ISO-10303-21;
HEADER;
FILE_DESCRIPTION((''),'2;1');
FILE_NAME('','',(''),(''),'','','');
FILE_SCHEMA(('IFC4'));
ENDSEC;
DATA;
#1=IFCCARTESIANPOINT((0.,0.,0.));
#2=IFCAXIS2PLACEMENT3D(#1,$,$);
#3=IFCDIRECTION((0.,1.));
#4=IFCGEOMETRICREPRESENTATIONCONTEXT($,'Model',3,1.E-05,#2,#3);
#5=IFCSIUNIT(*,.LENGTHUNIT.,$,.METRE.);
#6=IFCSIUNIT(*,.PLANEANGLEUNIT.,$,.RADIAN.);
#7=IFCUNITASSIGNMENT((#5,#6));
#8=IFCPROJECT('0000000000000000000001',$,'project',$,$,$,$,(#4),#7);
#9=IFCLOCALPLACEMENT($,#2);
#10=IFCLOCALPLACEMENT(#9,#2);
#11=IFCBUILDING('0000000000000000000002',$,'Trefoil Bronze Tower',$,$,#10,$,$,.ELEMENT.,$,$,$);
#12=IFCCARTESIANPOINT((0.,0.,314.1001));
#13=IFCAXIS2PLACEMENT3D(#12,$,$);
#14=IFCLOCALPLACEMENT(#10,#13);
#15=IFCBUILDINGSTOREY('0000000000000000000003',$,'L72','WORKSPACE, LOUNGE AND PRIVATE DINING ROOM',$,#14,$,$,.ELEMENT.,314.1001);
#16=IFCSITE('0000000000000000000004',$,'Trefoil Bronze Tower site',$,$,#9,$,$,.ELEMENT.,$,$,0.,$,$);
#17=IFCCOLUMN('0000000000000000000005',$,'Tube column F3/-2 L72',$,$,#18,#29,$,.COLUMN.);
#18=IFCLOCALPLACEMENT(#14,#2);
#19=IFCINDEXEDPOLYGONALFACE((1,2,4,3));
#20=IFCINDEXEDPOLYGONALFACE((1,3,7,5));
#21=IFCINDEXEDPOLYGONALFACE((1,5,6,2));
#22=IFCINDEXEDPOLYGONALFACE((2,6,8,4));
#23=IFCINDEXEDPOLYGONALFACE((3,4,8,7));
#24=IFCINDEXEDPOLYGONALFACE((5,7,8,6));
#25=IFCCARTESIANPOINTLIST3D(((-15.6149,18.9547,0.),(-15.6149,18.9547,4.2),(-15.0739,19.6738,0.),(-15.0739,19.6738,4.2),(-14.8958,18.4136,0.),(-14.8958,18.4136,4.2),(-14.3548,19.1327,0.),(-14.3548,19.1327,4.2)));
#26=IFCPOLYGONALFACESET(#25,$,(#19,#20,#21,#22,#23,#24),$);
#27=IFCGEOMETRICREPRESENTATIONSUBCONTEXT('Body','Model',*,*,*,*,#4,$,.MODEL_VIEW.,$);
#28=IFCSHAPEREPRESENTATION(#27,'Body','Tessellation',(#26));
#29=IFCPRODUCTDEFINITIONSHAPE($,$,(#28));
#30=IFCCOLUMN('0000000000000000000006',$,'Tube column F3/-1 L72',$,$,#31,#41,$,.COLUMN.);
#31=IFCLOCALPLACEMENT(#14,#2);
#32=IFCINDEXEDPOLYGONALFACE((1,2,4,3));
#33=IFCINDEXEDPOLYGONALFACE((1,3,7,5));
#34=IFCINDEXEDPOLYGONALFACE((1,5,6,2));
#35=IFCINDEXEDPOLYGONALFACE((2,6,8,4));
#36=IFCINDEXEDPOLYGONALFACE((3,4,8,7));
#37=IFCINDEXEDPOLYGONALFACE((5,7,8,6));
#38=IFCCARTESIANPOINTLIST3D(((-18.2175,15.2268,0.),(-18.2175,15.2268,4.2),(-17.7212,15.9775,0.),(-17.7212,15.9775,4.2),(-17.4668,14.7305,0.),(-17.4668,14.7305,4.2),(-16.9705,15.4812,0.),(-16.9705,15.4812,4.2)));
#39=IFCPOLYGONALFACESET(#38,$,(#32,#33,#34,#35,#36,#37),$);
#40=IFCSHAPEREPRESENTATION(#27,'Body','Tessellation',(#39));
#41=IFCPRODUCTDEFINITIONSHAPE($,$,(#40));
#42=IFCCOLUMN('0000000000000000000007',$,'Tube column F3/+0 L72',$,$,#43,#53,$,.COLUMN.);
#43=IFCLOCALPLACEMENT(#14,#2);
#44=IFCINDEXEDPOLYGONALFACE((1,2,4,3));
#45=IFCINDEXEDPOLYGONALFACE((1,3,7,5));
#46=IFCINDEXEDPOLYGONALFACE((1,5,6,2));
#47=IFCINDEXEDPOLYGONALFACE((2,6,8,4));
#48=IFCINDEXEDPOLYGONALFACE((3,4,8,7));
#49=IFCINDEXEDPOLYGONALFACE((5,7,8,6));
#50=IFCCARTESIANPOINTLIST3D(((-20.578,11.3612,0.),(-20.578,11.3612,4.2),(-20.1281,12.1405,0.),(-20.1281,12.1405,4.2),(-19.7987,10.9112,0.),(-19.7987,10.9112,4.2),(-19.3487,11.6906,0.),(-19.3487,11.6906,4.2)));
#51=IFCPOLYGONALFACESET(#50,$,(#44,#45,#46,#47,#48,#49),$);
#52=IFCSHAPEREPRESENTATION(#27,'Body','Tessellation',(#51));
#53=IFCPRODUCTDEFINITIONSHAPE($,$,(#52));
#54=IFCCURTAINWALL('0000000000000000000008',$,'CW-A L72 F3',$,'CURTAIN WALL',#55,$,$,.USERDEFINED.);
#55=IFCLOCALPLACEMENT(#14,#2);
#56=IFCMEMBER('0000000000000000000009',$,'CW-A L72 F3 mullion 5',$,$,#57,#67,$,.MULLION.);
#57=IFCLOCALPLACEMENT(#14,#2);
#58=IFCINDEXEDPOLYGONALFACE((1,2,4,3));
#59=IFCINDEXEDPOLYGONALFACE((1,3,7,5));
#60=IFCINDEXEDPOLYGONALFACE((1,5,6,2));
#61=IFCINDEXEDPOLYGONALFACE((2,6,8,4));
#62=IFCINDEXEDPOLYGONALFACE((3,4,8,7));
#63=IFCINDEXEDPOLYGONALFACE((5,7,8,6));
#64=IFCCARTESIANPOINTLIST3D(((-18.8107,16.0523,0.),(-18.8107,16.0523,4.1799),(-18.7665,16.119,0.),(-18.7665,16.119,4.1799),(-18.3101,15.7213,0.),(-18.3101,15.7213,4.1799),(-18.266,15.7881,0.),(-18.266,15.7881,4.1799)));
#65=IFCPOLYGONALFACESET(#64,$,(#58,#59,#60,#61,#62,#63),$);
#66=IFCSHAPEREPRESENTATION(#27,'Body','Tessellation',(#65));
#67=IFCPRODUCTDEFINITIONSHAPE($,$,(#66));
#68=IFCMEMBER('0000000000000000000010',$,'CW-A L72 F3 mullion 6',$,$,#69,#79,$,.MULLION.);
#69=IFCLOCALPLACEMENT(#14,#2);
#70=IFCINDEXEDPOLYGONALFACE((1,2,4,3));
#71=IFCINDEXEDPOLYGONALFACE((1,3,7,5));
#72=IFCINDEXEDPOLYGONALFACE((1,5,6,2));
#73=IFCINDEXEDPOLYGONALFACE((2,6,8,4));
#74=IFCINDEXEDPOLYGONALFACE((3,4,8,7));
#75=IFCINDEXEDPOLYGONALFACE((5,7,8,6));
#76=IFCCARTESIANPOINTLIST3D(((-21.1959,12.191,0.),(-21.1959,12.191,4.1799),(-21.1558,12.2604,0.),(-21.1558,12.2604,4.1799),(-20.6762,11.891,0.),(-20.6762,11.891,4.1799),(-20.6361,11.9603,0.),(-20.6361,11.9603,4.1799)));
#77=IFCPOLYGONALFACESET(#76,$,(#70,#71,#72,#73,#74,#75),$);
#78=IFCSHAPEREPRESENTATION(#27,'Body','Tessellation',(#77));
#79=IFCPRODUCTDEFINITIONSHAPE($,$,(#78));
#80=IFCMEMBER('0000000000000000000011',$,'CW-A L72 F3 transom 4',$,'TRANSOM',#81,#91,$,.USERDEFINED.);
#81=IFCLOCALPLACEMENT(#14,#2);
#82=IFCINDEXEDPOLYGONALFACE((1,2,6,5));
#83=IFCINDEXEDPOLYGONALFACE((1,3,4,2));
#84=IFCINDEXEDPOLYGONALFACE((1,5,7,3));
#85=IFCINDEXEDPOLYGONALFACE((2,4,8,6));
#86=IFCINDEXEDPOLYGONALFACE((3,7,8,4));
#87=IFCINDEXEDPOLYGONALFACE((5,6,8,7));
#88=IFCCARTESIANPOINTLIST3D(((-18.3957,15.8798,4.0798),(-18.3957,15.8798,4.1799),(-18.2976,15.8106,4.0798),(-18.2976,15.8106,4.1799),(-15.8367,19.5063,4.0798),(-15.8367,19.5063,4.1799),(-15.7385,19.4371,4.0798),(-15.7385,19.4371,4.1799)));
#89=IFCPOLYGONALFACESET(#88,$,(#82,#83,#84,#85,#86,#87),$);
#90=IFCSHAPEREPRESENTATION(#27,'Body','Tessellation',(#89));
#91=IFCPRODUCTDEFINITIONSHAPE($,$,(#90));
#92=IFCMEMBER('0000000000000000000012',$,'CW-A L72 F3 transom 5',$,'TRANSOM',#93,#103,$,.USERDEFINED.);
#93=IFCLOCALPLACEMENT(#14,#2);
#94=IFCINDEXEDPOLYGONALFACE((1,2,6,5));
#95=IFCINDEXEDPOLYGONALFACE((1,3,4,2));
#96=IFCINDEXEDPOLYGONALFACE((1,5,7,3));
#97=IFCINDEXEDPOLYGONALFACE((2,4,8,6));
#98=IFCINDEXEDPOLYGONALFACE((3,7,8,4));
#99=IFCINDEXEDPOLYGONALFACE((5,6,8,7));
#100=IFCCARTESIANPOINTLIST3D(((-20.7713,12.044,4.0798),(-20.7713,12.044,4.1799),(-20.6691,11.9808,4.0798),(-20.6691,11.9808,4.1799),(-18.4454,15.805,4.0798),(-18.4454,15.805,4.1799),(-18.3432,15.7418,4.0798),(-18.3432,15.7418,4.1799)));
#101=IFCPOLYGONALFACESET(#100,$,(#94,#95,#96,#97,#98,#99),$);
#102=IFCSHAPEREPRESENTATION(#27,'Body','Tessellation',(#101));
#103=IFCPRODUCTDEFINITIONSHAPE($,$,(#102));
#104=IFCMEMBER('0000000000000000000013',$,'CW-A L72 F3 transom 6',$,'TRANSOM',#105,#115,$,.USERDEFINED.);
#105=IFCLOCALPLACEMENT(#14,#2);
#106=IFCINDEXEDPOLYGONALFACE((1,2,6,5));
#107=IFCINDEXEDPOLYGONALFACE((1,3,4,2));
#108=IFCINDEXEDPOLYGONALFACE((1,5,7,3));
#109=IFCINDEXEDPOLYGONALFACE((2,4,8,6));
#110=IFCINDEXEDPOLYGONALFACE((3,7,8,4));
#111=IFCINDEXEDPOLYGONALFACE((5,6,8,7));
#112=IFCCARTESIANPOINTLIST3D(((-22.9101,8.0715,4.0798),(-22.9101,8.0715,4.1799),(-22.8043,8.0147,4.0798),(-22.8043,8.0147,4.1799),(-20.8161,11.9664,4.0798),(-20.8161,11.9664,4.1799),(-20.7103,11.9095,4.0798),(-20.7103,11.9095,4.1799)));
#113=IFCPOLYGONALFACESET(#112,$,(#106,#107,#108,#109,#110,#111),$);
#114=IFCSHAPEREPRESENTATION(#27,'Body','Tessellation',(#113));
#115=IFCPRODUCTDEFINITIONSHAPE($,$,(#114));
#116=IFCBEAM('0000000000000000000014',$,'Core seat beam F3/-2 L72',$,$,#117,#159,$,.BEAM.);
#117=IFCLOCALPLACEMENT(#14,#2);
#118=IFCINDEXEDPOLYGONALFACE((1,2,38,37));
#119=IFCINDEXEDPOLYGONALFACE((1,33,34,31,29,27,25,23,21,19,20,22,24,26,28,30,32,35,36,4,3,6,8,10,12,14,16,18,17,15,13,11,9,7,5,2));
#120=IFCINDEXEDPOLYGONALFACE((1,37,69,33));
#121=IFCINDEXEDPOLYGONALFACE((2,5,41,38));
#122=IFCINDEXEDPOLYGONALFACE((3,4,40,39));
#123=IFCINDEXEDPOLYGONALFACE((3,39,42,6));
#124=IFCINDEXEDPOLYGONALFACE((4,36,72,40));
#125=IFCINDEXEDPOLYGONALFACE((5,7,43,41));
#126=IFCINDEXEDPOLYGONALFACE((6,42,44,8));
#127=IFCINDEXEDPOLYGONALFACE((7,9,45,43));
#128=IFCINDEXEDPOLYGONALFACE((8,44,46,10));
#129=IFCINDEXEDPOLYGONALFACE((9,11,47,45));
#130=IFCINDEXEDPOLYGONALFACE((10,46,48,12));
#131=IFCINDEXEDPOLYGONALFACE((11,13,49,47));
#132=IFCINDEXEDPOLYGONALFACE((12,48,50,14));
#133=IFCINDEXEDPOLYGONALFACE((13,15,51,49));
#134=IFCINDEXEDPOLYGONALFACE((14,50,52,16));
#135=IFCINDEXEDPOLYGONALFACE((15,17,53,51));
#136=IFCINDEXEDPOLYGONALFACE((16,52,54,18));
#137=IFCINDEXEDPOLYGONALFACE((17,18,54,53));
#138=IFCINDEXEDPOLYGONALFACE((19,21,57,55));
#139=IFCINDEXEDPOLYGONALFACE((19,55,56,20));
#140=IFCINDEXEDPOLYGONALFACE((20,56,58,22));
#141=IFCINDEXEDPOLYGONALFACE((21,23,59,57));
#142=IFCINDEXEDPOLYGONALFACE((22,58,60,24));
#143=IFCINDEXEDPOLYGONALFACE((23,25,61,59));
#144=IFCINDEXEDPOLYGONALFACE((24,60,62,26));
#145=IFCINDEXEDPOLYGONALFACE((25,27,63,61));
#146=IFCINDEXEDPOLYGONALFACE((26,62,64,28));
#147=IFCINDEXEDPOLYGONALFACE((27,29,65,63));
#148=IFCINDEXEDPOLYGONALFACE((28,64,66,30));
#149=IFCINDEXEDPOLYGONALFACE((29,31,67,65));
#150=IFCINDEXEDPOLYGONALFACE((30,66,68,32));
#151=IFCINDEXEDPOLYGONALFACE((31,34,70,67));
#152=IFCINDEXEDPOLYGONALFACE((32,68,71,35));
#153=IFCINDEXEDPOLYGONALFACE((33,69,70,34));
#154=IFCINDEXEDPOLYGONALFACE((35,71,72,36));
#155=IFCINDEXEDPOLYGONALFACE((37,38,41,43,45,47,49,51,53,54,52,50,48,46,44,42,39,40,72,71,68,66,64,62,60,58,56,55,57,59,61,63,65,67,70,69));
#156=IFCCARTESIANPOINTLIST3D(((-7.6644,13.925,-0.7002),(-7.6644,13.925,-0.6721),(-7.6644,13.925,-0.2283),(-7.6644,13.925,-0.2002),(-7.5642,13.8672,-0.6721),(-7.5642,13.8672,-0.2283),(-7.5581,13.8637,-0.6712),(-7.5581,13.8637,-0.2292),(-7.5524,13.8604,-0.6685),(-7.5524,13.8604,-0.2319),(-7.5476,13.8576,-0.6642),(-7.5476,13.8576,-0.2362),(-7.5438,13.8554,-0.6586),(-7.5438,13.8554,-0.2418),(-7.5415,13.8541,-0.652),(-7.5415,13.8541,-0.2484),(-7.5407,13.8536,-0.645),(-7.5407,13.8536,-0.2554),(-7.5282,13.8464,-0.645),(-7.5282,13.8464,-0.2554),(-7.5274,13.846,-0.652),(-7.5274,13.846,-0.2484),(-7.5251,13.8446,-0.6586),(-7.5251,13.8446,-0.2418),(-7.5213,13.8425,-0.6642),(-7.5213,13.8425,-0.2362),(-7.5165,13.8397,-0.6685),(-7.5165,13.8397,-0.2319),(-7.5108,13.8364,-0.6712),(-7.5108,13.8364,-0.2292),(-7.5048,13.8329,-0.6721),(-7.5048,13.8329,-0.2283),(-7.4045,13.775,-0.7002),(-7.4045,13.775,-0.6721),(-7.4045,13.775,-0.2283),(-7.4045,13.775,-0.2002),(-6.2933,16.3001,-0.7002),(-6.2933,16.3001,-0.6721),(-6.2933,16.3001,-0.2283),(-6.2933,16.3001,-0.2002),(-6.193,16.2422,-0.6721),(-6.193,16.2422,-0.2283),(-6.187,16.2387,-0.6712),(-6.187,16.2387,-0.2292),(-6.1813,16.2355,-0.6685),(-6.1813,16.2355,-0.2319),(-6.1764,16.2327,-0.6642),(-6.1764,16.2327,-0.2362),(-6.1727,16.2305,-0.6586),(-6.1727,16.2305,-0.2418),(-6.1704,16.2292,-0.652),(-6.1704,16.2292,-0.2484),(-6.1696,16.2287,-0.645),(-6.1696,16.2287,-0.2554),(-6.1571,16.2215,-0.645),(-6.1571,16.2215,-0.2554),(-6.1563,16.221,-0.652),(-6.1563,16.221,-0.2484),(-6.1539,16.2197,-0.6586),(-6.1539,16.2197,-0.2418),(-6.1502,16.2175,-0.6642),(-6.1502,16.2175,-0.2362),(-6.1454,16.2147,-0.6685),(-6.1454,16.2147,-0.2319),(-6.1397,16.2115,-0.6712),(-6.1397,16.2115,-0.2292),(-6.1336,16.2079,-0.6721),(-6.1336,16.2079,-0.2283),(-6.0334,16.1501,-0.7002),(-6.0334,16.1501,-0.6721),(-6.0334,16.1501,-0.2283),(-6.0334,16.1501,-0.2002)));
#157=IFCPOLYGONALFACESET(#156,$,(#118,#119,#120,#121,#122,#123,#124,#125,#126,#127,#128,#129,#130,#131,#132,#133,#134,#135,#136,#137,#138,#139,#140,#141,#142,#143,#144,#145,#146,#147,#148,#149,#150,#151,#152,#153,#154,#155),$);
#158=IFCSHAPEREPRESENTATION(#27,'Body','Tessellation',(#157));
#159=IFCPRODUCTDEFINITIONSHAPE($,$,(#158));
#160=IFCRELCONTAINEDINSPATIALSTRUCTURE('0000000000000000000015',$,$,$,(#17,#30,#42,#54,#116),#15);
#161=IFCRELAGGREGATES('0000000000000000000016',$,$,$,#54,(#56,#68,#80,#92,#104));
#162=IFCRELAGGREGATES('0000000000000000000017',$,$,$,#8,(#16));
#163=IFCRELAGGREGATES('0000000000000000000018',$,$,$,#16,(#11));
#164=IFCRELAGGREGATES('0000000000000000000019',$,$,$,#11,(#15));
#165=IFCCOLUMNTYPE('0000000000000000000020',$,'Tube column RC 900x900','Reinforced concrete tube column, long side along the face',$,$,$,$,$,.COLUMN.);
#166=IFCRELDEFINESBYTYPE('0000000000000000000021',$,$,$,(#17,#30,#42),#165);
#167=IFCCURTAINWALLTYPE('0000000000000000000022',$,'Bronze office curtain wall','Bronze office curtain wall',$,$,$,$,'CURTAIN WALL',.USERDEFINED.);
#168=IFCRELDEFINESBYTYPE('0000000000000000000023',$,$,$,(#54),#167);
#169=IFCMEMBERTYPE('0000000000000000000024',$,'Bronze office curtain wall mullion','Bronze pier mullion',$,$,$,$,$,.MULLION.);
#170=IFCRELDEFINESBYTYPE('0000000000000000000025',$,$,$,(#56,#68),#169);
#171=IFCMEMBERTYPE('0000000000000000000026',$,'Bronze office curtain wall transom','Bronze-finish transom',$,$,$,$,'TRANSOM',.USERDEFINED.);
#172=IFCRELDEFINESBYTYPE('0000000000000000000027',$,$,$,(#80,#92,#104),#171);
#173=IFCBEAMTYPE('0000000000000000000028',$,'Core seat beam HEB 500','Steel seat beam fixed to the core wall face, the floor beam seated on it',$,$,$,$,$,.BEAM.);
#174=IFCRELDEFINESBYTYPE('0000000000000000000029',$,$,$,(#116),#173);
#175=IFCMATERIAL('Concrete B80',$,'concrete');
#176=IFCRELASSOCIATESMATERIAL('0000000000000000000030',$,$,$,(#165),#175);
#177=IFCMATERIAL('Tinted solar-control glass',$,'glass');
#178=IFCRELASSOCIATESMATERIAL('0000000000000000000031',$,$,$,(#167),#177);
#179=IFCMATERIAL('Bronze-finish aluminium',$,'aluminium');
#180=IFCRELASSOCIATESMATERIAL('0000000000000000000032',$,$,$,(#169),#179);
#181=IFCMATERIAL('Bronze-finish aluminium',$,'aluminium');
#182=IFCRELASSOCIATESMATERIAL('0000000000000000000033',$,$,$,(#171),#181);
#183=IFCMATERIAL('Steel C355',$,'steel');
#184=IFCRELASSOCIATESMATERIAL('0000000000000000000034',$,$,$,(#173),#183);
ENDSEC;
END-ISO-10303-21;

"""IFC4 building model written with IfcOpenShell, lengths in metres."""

from ifc_helpers import new_model, si_unit, direction, frame, origin, origin_2d, place, context, subcontext, project, spatial, rectangle, i_section, extrude, material, material_profile, profile_set, type_object, element, aggregate, save


model = new_model("IFC4")

# Units and contexts
model_context = context("Model", 3, precision=1e-05, world=origin(), true_north=direction((0.0, 1.0)))
body_context = subcontext(model_context, "Body", "Model", "MODEL_VIEW")
ifc_project = project(units=[si_unit("LENGTHUNIT", "METRE"), si_unit("PLANEANGLEUNIT", "RADIAN")], contexts=[model_context])

# Site, building, storey
site_placement = place(None, origin())
site = spatial("IfcSite", under=ifc_project, at=site_placement, Name="Trefoil Bronze Tower site", CompositionType="ELEMENT", RefElevation=0.0)
building_placement = place(site_placement, origin())
building = spatial("IfcBuilding", under=site, at=building_placement, Name="Trefoil Bronze Tower", CompositionType="ELEMENT")
storey_placement = place(building_placement, frame((0.0, 0.0, 314.1001)))
storey = spatial("IfcBuildingStorey", under=building, at=storey_placement, Name="L72", Description="WORKSPACE, LOUNGE AND PRIVATE DINING ROOM", CompositionType="ELEMENT", Elevation=314.1001)

# Columns
ifc_material_1 = material(Name="Concrete B80", Category="concrete")
ifc_material_profile_1 = material_profile(ifc_material_1, rectangle(XDim=0.8999, YDim=0.8999, at=origin_2d()), Name="RC 900x900")
ifc_profile_set_1 = profile_set([ifc_material_profile_1], Name="Concrete B80")
column_type = type_object("IfcColumnType", Name="Tube column RC 900x900", Description="Reinforced concrete tube column, long side along the face", PredefinedType="COLUMN", material=ifc_profile_set_1)
for number, where, z_axis, x_axis, name in (
    (1, (-14.9849, 19.0437, 0.0), (0.0, 0.0, 1.0), (-0.601203, -0.799096, 0.0), "Tube column F3/-2 L72"),
    (2, (-17.594, 15.354, 0.0), (0.0, 0.0, 1.0), (-0.551524, -0.834159, 0.0), "Tube column F3/-1 L72"),
    (3, (-19.9634, 11.5259, 0.0), (0.0, 0.0, 1.0), (-0.5, -0.866025, 0.0), "Tube column F3/+0 L72"),
):
    element("IfcColumn", number, at=place(storey_placement, frame(where, z_axis=z_axis, x_axis=x_axis)), inside=storey, type_object=column_type, Name=name, PredefinedType="COLUMN", context=body_context, shape_type="SweptSolid", body=[
        extrude(rectangle(XDim=0.8999, YDim=0.8999, at=origin_2d()), origin(), (0.0, 0.0, 1.0), 4.2),
    ])

# Curtain wall, members
ifc_material_2 = material(Name="Tinted solar-control glass", Category="glass")
curtain_wall_type = type_object("IfcCurtainWallType", Name="Bronze office curtain wall", Description="Bronze office curtain wall", ElementType="CURTAIN WALL", PredefinedType="USERDEFINED", material=ifc_material_2)
curtain_wall_placement = place(storey_placement, origin())
curtain_wall = element("IfcCurtainWall", 4, at=curtain_wall_placement, inside=storey, type_object=curtain_wall_type, Name="CW-A L72 F3", ObjectType="CURTAIN WALL", PredefinedType="USERDEFINED")
ifc_material_3 = material(Name="Bronze-finish aluminium", Category="aluminium")
ifc_material_profile_2 = material_profile(ifc_material_3, rectangle(XDim=0.6001, YDim=0.0801, at=origin_2d()), Name="CW-A mullion")
ifc_profile_set_2 = profile_set([ifc_material_profile_2], Name="Bronze-finish aluminium")
member_type_1 = type_object("IfcMemberType", Name="Bronze office curtain wall mullion", Description="Bronze pier mullion", PredefinedType="MULLION", material=ifc_profile_set_2)
member_1_placement = place(storey_placement, frame((-18.5383, 15.9202, 0.0), z_axis=(0.0, 0.0, 1.0), x_axis=(0.834159, -0.551524, 0.0)))
member_1 = element("IfcMember", 5, at=member_1_placement, type_object=member_type_1, Name="CW-A L72 F3 mullion 5", PredefinedType="MULLION", context=body_context, shape_type="SweptSolid", body=[
    extrude(rectangle(XDim=0.6001, YDim=0.0801, at=origin_2d()), origin(), (0.0, 0.0, 1.0), 4.1799),
])
member_2_placement = place(storey_placement, frame((-20.916, 12.0757, 0.0), z_axis=(0.0, 0.0, 1.0), x_axis=(0.866025, -0.5, 0.0)))
member_2 = element("IfcMember", 6, at=member_2_placement, type_object=member_type_1, Name="CW-A L72 F3 mullion 6", PredefinedType="MULLION", context=body_context, shape_type="SweptSolid", body=[
    extrude(rectangle(XDim=0.6001, YDim=0.0801, at=origin_2d()), origin(), (0.0, 0.0, 1.0), 4.1799),
])
ifc_material_4 = material(Name="Bronze-finish aluminium", Category="aluminium")
ifc_material_profile_3 = material_profile(ifc_material_4, rectangle(XDim=0.1201, YDim=0.1001, at=origin_2d()), Name="CW-A transom")
ifc_profile_set_3 = profile_set([ifc_material_profile_3], Name="Bronze-finish aluminium")
member_type_2 = type_object("IfcMemberType", Name="Bronze office curtain wall transom", Description="Bronze-finish transom", ElementType="TRANSOM", PredefinedType="USERDEFINED", material=ifc_profile_set_3)
member_3_placement = place(storey_placement, frame((-15.7876, 19.4717, 4.1299), z_axis=(-0.576567, -0.81705, 0.0), x_axis=(0.81705, -0.576567, 0.0)))
member_3 = element("IfcMember", 7, at=member_3_placement, type_object=member_type_2, Name="CW-A L72 F3 transom 4", ObjectType="TRANSOM", PredefinedType="USERDEFINED", context=body_context, shape_type="SweptSolid", body=[
    extrude(rectangle(XDim=0.1201, YDim=0.1001, at=origin_2d()), origin(), (0.0, 0.0, 1.0), 4.4385),
])
member_4_placement = place(storey_placement, frame((-18.3943, 15.7734, 4.1299), z_axis=(-0.525978, -0.850498, 0.0), x_axis=(0.850498, -0.525978, 0.0)))
member_4 = element("IfcMember", 8, at=member_4_placement, type_object=member_type_2, Name="CW-A L72 F3 transom 5", ObjectType="TRANSOM", PredefinedType="USERDEFINED", context=body_context, shape_type="SweptSolid", body=[
    extrude(rectangle(XDim=0.1201, YDim=0.1001, at=origin_2d()), origin(), (0.0, 0.0, 1.0), 4.4221),
])
member_5_placement = place(storey_placement, frame((-20.7632, 11.938, 4.1299), z_axis=(-0.47354, -0.880772, 0.0), x_axis=(0.880772, -0.47354, 0.0)))
member_5 = element("IfcMember", 9, at=member_5_placement, type_object=member_type_2, Name="CW-A L72 F3 transom 6", ObjectType="TRANSOM", PredefinedType="USERDEFINED", context=body_context, shape_type="SweptSolid", body=[
    extrude(rectangle(XDim=0.1201, YDim=0.1001, at=origin_2d()), origin(), (0.0, 0.0, 1.0), 4.4221),
])

# Beam
ifc_material_5 = material(Name="Steel C355", Category="steel")
ifc_material_profile_4 = material_profile(ifc_material_5, i_section(OverallWidth=0.3, OverallDepth=0.5, WebThickness=0.0144, FlangeThickness=0.0281, FilletRadius=0.0271, at=origin_2d()), Name="HEB 500")
ifc_profile_set_4 = profile_set([ifc_material_profile_4], Name="Steel C355")
beam_type_1 = type_object("IfcBeamType", Name="Core seat beam HEB 500", Description="Steel seat beam fixed to the core wall face, the floor beam seated on it", PredefinedType="BEAM", material=ifc_profile_set_4)
for number, where, z_axis, x_axis, name in (
    (10, (-6.1633, 16.2251, -0.4502), (-0.499969, -0.866043, 0.0), (0.866043, -0.499969, 0.0), "Core seat beam F3/-2 L72"),
):
    element("IfcBeam", number, at=place(storey_placement, frame(where, z_axis=z_axis, x_axis=x_axis)), inside=storey, type_object=beam_type_1, Name=name, PredefinedType="BEAM", context=body_context, shape_type="SweptSolid", body=[
        extrude(i_section(OverallWidth=0.3, OverallDepth=0.5, WebThickness=0.0144, FlangeThickness=0.0281, FilletRadius=0.0271, at=origin_2d()), origin(), (0.0, 0.0, 1.0), 2.7424),
    ])

aggregate(curtain_wall, [member_1, member_2, member_3, member_4, member_5])

save(model, "model.ifc")
